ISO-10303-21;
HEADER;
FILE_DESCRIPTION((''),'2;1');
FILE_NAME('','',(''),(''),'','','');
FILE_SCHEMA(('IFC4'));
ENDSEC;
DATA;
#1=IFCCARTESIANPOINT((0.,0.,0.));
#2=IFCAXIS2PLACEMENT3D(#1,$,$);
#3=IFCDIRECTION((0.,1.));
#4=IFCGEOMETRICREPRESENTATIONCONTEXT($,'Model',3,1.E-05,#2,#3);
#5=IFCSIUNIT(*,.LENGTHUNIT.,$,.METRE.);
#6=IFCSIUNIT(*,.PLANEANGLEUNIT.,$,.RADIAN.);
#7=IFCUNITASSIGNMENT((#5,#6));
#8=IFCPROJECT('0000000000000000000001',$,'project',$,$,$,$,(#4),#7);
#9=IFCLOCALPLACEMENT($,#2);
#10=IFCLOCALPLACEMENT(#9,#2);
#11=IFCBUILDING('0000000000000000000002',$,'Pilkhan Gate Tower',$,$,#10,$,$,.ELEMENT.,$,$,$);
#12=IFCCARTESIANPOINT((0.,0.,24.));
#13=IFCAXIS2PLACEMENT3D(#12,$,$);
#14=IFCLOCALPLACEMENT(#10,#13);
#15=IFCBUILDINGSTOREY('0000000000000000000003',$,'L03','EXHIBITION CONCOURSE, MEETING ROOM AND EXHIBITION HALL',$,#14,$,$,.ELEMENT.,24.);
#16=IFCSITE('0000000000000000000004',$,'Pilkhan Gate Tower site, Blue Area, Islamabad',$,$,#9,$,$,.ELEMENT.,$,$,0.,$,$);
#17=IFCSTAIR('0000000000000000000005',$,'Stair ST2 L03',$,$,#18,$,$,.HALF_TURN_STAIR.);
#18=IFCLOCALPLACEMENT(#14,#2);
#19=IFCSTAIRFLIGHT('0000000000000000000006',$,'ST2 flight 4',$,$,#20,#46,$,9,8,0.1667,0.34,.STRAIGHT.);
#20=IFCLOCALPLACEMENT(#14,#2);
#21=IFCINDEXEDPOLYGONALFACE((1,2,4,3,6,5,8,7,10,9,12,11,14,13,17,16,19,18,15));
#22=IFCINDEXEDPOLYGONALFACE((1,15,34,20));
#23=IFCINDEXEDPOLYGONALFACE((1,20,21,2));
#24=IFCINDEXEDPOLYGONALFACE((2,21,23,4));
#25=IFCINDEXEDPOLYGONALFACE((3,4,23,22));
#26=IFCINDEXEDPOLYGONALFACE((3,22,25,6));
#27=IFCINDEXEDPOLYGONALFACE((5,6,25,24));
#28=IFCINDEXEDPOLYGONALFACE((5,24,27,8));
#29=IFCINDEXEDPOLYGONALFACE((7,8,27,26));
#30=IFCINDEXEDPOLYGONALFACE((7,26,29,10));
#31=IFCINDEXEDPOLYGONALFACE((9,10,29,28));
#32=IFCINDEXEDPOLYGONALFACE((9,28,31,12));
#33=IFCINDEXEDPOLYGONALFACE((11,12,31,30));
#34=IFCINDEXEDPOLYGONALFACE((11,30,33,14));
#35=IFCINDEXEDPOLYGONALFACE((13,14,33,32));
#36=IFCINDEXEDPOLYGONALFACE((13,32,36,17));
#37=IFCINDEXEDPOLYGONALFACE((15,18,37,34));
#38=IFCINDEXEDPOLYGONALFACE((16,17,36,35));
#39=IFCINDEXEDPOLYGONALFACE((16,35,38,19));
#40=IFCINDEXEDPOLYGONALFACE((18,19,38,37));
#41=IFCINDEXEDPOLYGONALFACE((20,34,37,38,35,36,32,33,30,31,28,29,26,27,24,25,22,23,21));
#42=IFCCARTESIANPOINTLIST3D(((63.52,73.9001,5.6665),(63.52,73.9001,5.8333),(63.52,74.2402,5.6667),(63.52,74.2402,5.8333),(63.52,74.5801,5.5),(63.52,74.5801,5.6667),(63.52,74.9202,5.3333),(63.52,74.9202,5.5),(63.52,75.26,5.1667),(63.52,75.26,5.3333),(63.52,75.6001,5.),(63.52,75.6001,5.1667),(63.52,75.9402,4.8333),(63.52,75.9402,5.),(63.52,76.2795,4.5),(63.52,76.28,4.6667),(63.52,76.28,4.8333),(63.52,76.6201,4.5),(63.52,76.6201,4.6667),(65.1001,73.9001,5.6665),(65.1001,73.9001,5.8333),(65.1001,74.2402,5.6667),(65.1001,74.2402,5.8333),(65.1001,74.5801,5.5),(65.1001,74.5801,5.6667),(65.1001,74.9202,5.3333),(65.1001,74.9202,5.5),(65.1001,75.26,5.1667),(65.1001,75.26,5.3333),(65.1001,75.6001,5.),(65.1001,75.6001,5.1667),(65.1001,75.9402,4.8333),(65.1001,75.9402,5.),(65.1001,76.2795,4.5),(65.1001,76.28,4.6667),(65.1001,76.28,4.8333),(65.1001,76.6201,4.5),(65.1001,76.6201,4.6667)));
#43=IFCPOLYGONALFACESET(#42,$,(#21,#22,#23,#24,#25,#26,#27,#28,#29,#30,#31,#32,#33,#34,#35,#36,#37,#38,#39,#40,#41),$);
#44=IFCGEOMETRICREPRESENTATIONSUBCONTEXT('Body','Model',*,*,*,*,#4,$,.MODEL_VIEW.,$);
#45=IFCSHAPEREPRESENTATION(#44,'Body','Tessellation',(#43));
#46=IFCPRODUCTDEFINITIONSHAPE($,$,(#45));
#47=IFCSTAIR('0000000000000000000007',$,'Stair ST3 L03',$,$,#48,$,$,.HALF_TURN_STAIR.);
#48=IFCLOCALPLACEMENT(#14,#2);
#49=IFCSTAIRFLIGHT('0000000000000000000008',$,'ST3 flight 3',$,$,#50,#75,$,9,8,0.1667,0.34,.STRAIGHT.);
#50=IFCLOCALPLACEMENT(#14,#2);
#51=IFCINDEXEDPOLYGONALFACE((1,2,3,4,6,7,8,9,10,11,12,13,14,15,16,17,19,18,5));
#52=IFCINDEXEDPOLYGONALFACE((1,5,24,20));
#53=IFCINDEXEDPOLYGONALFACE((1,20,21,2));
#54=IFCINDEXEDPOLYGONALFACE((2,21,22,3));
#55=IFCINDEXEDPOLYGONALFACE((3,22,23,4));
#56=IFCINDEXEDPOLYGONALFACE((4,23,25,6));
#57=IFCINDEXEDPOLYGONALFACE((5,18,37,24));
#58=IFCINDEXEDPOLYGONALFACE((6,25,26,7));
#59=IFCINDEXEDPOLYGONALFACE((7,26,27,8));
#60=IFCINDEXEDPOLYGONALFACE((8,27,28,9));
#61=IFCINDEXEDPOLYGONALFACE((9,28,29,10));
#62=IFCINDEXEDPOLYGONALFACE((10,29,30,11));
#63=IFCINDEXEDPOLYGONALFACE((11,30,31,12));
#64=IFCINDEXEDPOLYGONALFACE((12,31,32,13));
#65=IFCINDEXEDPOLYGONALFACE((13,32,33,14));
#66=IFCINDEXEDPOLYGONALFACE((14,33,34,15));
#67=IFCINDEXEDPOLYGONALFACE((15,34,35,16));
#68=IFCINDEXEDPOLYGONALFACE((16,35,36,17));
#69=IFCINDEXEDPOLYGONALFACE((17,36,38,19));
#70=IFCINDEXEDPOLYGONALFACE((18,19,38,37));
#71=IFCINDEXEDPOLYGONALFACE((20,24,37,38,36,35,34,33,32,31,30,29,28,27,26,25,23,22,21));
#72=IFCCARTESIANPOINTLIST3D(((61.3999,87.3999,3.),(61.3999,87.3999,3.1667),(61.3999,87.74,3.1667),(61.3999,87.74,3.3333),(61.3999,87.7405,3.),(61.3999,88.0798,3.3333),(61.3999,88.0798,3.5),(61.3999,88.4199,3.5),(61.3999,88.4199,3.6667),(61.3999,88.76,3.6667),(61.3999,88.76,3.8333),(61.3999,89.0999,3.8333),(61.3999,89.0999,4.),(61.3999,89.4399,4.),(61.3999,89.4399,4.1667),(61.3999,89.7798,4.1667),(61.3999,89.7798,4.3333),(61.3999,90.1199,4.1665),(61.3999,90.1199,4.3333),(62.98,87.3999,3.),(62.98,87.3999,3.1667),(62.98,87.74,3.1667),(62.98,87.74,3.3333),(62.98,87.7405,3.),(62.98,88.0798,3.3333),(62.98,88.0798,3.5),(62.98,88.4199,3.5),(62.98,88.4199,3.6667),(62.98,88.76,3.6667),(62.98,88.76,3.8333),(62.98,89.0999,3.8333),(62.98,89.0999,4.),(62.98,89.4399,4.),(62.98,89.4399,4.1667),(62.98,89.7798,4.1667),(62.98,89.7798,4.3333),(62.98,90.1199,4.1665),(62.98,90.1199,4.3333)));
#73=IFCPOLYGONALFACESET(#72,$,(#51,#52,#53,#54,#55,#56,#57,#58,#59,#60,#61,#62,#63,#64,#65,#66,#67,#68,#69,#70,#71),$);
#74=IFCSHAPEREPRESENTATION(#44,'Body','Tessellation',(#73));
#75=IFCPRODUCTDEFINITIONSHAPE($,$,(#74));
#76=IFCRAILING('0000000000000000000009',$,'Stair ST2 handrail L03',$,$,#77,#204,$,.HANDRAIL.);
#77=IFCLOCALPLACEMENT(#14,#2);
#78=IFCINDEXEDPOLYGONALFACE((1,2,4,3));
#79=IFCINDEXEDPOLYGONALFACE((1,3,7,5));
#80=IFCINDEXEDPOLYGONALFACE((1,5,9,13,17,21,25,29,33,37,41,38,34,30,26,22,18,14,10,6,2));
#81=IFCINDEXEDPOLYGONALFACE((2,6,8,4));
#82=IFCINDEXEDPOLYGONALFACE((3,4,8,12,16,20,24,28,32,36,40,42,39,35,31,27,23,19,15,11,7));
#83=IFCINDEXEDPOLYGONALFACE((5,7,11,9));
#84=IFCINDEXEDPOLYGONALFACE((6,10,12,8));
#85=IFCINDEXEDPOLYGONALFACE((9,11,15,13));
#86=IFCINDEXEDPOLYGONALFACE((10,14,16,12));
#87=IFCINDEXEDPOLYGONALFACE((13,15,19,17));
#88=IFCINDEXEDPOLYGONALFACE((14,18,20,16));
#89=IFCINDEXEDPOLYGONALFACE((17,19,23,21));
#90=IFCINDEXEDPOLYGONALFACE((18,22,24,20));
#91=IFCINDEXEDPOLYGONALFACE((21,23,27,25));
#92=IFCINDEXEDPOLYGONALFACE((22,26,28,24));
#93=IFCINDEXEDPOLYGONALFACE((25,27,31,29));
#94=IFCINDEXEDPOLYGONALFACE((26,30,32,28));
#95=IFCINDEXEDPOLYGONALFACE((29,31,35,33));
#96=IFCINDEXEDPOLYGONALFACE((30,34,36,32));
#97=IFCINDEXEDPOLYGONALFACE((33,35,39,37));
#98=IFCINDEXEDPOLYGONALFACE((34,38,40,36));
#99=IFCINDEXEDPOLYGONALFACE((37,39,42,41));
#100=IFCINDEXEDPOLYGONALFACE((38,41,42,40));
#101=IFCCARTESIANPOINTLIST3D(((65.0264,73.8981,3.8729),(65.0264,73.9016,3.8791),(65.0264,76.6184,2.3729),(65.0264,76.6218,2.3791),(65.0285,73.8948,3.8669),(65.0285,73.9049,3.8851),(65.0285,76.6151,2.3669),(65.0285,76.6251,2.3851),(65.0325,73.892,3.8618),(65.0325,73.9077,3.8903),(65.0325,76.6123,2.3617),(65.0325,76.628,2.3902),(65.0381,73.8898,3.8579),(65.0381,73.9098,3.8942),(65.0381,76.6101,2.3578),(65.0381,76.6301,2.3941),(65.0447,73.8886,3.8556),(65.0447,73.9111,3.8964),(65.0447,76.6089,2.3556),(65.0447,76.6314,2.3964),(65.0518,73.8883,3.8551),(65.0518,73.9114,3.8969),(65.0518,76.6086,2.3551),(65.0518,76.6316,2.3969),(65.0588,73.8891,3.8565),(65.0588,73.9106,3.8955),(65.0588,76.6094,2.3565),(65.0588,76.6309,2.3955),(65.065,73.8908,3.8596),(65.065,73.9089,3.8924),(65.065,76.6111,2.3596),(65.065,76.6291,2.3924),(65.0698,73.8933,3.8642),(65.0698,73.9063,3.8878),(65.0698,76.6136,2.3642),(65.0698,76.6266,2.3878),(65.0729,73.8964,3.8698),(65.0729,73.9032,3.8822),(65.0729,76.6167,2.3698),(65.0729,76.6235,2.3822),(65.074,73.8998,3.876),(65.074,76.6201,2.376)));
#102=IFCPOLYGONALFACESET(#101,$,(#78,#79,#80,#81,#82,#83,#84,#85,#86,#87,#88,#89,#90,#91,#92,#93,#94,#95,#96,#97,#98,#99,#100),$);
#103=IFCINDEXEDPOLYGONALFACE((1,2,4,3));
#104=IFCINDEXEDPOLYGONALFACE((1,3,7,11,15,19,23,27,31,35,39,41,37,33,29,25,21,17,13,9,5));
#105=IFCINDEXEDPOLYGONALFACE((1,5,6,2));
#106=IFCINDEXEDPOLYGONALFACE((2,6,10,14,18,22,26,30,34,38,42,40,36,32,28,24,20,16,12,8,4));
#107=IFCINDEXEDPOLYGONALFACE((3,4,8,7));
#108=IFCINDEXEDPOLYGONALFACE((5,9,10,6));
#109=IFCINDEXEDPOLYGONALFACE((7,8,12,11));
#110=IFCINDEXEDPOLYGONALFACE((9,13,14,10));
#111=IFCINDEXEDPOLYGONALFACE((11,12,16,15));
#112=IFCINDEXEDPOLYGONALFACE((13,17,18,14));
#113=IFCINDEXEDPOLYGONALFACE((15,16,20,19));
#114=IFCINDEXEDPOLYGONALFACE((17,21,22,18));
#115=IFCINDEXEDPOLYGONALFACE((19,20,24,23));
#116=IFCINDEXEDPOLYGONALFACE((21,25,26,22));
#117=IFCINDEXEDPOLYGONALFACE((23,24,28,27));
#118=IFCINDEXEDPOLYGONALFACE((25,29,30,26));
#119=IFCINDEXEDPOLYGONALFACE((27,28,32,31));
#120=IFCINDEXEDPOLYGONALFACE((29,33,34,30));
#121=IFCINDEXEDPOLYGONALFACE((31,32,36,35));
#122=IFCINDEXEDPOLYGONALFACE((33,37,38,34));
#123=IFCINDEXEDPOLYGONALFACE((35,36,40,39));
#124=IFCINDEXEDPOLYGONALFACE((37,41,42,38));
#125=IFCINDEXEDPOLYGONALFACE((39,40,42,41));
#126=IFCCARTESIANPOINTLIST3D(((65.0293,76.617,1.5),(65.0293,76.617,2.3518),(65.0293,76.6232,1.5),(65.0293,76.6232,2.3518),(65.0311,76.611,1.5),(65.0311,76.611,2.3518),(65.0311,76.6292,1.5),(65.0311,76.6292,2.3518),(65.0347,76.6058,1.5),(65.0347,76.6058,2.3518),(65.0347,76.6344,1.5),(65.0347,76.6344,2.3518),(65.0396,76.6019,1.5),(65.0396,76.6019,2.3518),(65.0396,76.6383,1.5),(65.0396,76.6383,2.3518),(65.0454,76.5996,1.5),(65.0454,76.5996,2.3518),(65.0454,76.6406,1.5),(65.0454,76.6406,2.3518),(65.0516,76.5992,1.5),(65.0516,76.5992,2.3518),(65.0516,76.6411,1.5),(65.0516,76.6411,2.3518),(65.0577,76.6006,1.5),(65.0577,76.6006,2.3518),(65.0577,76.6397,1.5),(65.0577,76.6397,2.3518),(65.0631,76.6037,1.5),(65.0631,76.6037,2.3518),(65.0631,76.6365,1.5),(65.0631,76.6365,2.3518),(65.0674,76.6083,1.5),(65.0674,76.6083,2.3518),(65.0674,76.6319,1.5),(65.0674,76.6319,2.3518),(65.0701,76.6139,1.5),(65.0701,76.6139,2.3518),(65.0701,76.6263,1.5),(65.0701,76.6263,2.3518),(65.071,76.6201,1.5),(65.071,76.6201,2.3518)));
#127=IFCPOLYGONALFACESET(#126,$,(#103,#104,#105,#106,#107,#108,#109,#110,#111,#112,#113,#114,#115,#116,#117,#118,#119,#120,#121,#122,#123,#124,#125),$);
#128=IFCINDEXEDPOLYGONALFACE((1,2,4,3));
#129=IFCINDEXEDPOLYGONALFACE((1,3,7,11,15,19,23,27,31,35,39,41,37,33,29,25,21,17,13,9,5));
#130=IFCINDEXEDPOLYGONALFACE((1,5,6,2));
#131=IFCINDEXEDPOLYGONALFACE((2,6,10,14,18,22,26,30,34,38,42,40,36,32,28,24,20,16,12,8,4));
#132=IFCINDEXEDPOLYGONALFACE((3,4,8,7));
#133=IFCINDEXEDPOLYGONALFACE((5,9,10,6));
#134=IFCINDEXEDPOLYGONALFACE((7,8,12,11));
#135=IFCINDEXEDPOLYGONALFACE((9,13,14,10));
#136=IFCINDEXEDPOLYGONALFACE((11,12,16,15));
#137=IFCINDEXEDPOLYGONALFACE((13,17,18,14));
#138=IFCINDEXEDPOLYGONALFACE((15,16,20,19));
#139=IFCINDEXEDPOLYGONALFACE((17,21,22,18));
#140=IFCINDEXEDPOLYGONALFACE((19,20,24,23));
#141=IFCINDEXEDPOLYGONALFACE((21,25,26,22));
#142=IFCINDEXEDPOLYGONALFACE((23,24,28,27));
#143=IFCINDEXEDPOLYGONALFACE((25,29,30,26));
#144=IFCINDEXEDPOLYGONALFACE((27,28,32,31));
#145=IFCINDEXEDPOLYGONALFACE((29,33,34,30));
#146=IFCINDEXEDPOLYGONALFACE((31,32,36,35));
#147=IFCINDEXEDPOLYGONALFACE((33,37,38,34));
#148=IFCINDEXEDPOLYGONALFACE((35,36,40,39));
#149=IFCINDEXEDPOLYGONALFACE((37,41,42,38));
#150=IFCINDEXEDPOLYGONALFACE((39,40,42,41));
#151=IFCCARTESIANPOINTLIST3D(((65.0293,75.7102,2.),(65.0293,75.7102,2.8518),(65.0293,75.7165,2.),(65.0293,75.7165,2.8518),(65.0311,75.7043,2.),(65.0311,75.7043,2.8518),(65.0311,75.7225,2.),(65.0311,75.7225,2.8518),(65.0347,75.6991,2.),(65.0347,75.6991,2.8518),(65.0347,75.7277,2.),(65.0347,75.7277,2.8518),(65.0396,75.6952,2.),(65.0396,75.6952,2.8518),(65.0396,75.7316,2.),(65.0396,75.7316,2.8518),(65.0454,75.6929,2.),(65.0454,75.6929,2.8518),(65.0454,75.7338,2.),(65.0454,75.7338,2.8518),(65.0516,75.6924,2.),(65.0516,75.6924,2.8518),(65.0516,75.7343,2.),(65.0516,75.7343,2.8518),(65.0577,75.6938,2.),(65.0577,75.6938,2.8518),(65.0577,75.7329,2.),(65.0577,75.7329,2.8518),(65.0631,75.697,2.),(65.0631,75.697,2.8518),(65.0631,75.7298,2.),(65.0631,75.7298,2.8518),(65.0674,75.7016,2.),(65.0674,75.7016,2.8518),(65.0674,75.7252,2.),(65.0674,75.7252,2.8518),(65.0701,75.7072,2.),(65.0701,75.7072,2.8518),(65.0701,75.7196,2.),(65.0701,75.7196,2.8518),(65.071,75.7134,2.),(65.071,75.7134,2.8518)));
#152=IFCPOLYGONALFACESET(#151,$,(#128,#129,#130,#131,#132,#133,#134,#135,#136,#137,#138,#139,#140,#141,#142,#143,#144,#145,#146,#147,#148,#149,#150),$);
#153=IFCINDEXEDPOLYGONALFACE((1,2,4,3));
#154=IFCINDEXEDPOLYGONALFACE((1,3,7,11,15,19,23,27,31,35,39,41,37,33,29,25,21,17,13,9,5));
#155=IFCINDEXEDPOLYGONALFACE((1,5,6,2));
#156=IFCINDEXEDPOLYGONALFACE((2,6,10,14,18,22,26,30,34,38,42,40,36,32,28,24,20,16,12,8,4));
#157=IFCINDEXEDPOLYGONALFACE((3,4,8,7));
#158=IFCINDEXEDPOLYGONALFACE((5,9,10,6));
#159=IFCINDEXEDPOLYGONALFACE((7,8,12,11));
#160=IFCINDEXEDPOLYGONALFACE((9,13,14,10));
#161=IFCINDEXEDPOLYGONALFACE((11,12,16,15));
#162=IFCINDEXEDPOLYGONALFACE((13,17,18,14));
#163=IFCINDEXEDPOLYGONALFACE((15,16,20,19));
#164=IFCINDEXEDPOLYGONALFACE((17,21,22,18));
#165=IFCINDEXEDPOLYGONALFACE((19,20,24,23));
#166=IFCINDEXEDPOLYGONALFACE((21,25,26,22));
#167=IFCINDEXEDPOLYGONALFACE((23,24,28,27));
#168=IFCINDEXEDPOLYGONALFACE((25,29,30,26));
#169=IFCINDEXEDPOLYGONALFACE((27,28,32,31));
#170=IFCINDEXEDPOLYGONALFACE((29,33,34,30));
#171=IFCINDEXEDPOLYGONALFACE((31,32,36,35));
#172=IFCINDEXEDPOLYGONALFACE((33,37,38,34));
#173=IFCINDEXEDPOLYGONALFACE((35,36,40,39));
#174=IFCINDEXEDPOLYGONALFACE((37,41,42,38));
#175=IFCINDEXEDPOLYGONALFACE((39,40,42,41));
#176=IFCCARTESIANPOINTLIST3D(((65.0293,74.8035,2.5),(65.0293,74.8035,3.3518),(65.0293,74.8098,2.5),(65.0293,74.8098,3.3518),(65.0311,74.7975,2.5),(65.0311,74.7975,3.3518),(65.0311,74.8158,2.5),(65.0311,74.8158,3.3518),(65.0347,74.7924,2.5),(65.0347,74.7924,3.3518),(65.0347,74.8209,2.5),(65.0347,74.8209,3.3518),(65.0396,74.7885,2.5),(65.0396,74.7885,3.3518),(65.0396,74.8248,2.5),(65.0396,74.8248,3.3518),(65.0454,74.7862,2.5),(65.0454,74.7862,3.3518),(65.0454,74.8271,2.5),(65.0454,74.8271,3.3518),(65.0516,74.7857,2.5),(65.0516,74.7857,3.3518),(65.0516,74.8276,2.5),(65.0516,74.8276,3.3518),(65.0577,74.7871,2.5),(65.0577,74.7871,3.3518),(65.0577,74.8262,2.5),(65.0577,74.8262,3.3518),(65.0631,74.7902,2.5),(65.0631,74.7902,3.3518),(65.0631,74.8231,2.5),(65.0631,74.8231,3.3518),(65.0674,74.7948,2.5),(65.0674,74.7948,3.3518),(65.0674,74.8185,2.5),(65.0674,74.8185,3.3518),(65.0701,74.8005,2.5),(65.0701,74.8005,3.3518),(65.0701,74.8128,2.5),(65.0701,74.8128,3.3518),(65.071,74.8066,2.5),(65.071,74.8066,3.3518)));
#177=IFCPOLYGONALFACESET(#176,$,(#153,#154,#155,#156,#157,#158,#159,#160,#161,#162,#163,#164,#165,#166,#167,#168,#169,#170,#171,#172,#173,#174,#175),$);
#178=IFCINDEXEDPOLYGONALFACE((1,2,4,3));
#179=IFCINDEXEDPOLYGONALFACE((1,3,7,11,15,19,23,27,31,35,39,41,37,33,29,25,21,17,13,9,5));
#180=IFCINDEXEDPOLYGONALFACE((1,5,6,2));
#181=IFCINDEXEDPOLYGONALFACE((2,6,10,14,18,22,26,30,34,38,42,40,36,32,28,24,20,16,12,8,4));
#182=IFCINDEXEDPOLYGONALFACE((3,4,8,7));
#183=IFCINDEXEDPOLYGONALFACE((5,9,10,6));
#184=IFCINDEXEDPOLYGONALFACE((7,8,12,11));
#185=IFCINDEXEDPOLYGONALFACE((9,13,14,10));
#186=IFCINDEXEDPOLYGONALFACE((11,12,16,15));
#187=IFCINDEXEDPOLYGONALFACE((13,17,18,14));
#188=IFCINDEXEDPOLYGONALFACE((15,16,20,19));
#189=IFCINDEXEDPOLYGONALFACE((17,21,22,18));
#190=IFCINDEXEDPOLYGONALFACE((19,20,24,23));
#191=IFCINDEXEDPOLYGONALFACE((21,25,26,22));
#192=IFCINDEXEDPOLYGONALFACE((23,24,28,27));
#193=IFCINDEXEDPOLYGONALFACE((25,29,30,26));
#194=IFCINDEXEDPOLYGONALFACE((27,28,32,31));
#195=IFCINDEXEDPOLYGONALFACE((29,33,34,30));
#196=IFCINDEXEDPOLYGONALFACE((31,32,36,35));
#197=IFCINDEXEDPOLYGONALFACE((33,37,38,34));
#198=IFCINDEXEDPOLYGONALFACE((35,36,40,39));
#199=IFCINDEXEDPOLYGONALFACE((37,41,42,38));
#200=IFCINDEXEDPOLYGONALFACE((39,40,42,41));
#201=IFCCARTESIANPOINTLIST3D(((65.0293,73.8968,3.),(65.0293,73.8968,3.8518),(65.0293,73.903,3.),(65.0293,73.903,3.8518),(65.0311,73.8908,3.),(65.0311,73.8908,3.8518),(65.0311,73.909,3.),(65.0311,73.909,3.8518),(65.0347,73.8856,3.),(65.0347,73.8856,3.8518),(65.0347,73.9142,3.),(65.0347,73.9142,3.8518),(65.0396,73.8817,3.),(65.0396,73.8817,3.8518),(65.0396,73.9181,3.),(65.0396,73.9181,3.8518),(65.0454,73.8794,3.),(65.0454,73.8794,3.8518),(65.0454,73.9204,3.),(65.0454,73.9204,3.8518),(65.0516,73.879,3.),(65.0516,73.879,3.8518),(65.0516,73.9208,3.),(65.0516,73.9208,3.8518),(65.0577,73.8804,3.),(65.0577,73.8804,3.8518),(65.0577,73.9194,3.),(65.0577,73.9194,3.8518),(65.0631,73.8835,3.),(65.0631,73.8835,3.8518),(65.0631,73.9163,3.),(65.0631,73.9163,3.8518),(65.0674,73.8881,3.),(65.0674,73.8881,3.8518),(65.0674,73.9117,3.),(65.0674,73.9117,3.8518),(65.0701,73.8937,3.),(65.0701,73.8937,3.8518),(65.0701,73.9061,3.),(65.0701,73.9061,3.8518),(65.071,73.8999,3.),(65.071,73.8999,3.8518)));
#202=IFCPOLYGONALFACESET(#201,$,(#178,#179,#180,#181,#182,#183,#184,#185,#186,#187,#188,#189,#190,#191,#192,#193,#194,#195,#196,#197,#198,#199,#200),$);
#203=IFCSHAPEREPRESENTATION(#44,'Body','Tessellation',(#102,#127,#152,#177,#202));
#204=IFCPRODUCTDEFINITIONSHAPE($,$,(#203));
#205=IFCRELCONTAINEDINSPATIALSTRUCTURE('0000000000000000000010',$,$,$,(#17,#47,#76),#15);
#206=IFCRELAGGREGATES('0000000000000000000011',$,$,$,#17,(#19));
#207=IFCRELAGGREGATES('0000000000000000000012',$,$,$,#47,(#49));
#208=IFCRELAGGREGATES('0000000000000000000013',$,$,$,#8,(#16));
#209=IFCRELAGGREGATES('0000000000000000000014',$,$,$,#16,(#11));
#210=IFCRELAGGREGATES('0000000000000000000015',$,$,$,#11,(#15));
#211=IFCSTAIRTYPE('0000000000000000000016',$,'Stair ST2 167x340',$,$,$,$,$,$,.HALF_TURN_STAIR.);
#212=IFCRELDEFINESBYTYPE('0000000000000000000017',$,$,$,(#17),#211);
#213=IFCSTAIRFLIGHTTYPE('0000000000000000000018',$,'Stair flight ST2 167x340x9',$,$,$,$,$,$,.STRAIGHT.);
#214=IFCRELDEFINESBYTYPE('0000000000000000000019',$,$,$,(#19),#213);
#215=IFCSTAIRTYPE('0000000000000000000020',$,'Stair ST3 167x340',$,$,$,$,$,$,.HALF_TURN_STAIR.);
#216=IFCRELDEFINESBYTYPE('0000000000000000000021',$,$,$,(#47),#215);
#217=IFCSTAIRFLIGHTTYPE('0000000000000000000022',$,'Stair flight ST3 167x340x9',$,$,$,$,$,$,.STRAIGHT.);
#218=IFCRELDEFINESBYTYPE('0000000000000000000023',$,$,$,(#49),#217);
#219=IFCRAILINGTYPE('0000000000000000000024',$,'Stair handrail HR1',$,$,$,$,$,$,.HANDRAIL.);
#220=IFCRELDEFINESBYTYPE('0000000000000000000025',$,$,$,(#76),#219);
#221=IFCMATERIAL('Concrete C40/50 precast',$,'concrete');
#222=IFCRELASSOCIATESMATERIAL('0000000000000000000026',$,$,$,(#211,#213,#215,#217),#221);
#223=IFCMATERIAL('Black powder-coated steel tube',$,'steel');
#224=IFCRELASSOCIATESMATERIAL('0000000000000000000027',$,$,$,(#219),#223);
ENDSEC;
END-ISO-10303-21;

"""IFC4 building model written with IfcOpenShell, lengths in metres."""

from ifc_helpers import new_model, si_unit, direction, frame, origin, origin_2d, place, context, subcontext, project, spatial, polyline, circle, outline, extrude, material, type_object, element, aggregate, save


model = new_model("IFC4")

# Units and contexts
model_context = context("Model", 3, precision=1e-05, world=origin(), true_north=direction((0.0, 1.0)))
body_context = subcontext(model_context, "Body", "Model", "MODEL_VIEW")
ifc_project = project(units=[si_unit("LENGTHUNIT", "METRE"), si_unit("PLANEANGLEUNIT", "RADIAN")], contexts=[model_context])

# Site, building, storey
site_placement = place(None, origin())
site = spatial("IfcSite", under=ifc_project, at=site_placement, Name="Pilkhan Gate Tower site, Blue Area, Islamabad", CompositionType="ELEMENT", RefElevation=0.0)
building_placement = place(site_placement, origin())
building = spatial("IfcBuilding", under=site, at=building_placement, Name="Pilkhan Gate Tower", CompositionType="ELEMENT")
storey_placement = place(building_placement, frame((0.0, 0.0, 24.0)))
storey = spatial("IfcBuildingStorey", under=building, at=storey_placement, Name="L03", Description="EXHIBITION CONCOURSE, MEETING ROOM AND EXHIBITION HALL", CompositionType="ELEMENT", Elevation=24.0)

# Stair, stair flight
ifc_material_1 = material(Name="Concrete C40/50 precast", Category="concrete")
stair_type_1 = type_object("IfcStairType", Name="Stair ST2 167x340", PredefinedType="HALF_TURN_STAIR", material=ifc_material_1)
stair_1_placement = place(storey_placement, origin())
stair_1 = element("IfcStair", 1, at=stair_1_placement, inside=storey, type_object=stair_type_1, Name="Stair ST2 L03", PredefinedType="HALF_TURN_STAIR")
stair_flight_type_1 = type_object("IfcStairFlightType", Name="Stair flight ST2 167x340x9", PredefinedType="STRAIGHT", material=ifc_material_1)
stair_flight_1_placement = place(storey_placement, frame((64.3101, 76.6201, 4.5), z_axis=(0.0, 0.0, 1.0), x_axis=(0.0, -1.0, 0.0)))
stair_flight_1 = element("IfcStairFlight", 2, at=stair_flight_1_placement, type_object=stair_flight_type_1, Name="ST2 flight 4", NumberOfRisers=9, NumberOfTreads=8, PredefinedType="STRAIGHT", RiserHeight=0.1667, TreadLength=0.34, context=body_context, shape_type="SweptSolid", body=[
    extrude(outline(polyline([(0.0, 0.0), (0.0, 0.1667), (0.3401, 0.1667), (0.3401, 0.3333), (0.6799, 0.3333), (0.6799, 0.5), (1.02, 0.5), (1.02, 0.6667), (1.3601, 0.6667), (1.3601, 0.8333), (1.7, 0.8333), (1.7, 1.0), (2.04, 1.0), (2.04, 1.1667), (2.3799, 1.1667), (2.3799, 1.3333), (2.72, 1.3333), (2.72, 1.5), (2.72, 1.1665), (0.3406, 0.0), (0.0, 0.0)])), frame((0.0, 0.79, 0.0), z_axis=(0.0, -1.0, 0.0), x_axis=(1.0, 0.0, 0.0)), (0.0, 0.0, 1.0), 1.5801),
])
aggregate(stair_1, [stair_flight_1])

# Stair, stair flight
stair_type_2 = type_object("IfcStairType", Name="Stair ST3 167x340", PredefinedType="HALF_TURN_STAIR", material=ifc_material_1)
stair_2_placement = place(storey_placement, origin())
stair_2 = element("IfcStair", 3, at=stair_2_placement, inside=storey, type_object=stair_type_2, Name="Stair ST3 L03", PredefinedType="HALF_TURN_STAIR")
stair_flight_type_2 = type_object("IfcStairFlightType", Name="Stair flight ST3 167x340x9", PredefinedType="STRAIGHT", material=ifc_material_1)
stair_flight_2_placement = place(storey_placement, frame((62.1899, 87.3999, 3.0), z_axis=(0.0, 0.0, 1.0), x_axis=(0.0, 1.0, 0.0)))
stair_flight_2 = element("IfcStairFlight", 4, at=stair_flight_2_placement, type_object=stair_flight_type_2, Name="ST3 flight 3", NumberOfRisers=9, NumberOfTreads=8, PredefinedType="STRAIGHT", RiserHeight=0.1667, TreadLength=0.34, context=body_context, shape_type="SweptSolid", body=[
    extrude(outline(polyline([(0.0, 0.0), (0.0, 0.1667), (0.3401, 0.1667), (0.3401, 0.3333), (0.6799, 0.3333), (0.6799, 0.5), (1.02, 0.5), (1.02, 0.6667), (1.3601, 0.6667), (1.3601, 0.8333), (1.7, 0.8333), (1.7, 1.0), (2.04, 1.0), (2.04, 1.1667), (2.3799, 1.1667), (2.3799, 1.3333), (2.72, 1.3333), (2.72, 1.5), (2.72, 1.1665), (0.3406, 0.0), (0.0, 0.0)])), frame((0.0, 0.79, 0.0), z_axis=(0.0, -1.0, 0.0), x_axis=(1.0, 0.0, 0.0)), (0.0, 0.0, 1.0), 1.5801),
])
aggregate(stair_2, [stair_flight_2])

# Railing
ifc_material_2 = material(Name="Black powder-coated steel tube", Category="steel")
railing_type_1 = type_object("IfcRailingType", Name="Stair handrail HR1", PredefinedType="HANDRAIL", material=ifc_material_2)
for number, where, name in (
    (5, (65.05, 76.6201, 1.5), "Stair ST2 handrail L03"),
):
    element("IfcRailing", number, at=place(storey_placement, frame(where)), inside=storey, type_object=railing_type_1, Name=name, PredefinedType="HANDRAIL", context=body_context, shape_type="SweptSolid", body=[
        extrude(circle(Radius=0.0239, at=origin_2d()), frame((0.0, 0.0, 0.876), z_axis=(0.0, -0.875688, 0.482878), x_axis=(1.0, 0.0, 0.0)), (0.0, 0.0, 1.0), 3.1064),
        extrude(circle(Radius=0.021, at=origin_2d()), origin(), (0.0, 0.0, 1.0), 0.8518),
        extrude(circle(Radius=0.021, at=origin_2d()), frame((0.0, -0.9067, 0.5)), (0.0, 0.0, 1.0), 0.8518),
        extrude(circle(Radius=0.021, at=origin_2d()), frame((0.0, -1.8135, 1.0)), (0.0, 0.0, 1.0), 0.8518),
        extrude(circle(Radius=0.021, at=origin_2d()), frame((0.0, -2.7202, 1.5)), (0.0, 0.0, 1.0), 0.8518),
    ])

save(model, "model.ifc")
